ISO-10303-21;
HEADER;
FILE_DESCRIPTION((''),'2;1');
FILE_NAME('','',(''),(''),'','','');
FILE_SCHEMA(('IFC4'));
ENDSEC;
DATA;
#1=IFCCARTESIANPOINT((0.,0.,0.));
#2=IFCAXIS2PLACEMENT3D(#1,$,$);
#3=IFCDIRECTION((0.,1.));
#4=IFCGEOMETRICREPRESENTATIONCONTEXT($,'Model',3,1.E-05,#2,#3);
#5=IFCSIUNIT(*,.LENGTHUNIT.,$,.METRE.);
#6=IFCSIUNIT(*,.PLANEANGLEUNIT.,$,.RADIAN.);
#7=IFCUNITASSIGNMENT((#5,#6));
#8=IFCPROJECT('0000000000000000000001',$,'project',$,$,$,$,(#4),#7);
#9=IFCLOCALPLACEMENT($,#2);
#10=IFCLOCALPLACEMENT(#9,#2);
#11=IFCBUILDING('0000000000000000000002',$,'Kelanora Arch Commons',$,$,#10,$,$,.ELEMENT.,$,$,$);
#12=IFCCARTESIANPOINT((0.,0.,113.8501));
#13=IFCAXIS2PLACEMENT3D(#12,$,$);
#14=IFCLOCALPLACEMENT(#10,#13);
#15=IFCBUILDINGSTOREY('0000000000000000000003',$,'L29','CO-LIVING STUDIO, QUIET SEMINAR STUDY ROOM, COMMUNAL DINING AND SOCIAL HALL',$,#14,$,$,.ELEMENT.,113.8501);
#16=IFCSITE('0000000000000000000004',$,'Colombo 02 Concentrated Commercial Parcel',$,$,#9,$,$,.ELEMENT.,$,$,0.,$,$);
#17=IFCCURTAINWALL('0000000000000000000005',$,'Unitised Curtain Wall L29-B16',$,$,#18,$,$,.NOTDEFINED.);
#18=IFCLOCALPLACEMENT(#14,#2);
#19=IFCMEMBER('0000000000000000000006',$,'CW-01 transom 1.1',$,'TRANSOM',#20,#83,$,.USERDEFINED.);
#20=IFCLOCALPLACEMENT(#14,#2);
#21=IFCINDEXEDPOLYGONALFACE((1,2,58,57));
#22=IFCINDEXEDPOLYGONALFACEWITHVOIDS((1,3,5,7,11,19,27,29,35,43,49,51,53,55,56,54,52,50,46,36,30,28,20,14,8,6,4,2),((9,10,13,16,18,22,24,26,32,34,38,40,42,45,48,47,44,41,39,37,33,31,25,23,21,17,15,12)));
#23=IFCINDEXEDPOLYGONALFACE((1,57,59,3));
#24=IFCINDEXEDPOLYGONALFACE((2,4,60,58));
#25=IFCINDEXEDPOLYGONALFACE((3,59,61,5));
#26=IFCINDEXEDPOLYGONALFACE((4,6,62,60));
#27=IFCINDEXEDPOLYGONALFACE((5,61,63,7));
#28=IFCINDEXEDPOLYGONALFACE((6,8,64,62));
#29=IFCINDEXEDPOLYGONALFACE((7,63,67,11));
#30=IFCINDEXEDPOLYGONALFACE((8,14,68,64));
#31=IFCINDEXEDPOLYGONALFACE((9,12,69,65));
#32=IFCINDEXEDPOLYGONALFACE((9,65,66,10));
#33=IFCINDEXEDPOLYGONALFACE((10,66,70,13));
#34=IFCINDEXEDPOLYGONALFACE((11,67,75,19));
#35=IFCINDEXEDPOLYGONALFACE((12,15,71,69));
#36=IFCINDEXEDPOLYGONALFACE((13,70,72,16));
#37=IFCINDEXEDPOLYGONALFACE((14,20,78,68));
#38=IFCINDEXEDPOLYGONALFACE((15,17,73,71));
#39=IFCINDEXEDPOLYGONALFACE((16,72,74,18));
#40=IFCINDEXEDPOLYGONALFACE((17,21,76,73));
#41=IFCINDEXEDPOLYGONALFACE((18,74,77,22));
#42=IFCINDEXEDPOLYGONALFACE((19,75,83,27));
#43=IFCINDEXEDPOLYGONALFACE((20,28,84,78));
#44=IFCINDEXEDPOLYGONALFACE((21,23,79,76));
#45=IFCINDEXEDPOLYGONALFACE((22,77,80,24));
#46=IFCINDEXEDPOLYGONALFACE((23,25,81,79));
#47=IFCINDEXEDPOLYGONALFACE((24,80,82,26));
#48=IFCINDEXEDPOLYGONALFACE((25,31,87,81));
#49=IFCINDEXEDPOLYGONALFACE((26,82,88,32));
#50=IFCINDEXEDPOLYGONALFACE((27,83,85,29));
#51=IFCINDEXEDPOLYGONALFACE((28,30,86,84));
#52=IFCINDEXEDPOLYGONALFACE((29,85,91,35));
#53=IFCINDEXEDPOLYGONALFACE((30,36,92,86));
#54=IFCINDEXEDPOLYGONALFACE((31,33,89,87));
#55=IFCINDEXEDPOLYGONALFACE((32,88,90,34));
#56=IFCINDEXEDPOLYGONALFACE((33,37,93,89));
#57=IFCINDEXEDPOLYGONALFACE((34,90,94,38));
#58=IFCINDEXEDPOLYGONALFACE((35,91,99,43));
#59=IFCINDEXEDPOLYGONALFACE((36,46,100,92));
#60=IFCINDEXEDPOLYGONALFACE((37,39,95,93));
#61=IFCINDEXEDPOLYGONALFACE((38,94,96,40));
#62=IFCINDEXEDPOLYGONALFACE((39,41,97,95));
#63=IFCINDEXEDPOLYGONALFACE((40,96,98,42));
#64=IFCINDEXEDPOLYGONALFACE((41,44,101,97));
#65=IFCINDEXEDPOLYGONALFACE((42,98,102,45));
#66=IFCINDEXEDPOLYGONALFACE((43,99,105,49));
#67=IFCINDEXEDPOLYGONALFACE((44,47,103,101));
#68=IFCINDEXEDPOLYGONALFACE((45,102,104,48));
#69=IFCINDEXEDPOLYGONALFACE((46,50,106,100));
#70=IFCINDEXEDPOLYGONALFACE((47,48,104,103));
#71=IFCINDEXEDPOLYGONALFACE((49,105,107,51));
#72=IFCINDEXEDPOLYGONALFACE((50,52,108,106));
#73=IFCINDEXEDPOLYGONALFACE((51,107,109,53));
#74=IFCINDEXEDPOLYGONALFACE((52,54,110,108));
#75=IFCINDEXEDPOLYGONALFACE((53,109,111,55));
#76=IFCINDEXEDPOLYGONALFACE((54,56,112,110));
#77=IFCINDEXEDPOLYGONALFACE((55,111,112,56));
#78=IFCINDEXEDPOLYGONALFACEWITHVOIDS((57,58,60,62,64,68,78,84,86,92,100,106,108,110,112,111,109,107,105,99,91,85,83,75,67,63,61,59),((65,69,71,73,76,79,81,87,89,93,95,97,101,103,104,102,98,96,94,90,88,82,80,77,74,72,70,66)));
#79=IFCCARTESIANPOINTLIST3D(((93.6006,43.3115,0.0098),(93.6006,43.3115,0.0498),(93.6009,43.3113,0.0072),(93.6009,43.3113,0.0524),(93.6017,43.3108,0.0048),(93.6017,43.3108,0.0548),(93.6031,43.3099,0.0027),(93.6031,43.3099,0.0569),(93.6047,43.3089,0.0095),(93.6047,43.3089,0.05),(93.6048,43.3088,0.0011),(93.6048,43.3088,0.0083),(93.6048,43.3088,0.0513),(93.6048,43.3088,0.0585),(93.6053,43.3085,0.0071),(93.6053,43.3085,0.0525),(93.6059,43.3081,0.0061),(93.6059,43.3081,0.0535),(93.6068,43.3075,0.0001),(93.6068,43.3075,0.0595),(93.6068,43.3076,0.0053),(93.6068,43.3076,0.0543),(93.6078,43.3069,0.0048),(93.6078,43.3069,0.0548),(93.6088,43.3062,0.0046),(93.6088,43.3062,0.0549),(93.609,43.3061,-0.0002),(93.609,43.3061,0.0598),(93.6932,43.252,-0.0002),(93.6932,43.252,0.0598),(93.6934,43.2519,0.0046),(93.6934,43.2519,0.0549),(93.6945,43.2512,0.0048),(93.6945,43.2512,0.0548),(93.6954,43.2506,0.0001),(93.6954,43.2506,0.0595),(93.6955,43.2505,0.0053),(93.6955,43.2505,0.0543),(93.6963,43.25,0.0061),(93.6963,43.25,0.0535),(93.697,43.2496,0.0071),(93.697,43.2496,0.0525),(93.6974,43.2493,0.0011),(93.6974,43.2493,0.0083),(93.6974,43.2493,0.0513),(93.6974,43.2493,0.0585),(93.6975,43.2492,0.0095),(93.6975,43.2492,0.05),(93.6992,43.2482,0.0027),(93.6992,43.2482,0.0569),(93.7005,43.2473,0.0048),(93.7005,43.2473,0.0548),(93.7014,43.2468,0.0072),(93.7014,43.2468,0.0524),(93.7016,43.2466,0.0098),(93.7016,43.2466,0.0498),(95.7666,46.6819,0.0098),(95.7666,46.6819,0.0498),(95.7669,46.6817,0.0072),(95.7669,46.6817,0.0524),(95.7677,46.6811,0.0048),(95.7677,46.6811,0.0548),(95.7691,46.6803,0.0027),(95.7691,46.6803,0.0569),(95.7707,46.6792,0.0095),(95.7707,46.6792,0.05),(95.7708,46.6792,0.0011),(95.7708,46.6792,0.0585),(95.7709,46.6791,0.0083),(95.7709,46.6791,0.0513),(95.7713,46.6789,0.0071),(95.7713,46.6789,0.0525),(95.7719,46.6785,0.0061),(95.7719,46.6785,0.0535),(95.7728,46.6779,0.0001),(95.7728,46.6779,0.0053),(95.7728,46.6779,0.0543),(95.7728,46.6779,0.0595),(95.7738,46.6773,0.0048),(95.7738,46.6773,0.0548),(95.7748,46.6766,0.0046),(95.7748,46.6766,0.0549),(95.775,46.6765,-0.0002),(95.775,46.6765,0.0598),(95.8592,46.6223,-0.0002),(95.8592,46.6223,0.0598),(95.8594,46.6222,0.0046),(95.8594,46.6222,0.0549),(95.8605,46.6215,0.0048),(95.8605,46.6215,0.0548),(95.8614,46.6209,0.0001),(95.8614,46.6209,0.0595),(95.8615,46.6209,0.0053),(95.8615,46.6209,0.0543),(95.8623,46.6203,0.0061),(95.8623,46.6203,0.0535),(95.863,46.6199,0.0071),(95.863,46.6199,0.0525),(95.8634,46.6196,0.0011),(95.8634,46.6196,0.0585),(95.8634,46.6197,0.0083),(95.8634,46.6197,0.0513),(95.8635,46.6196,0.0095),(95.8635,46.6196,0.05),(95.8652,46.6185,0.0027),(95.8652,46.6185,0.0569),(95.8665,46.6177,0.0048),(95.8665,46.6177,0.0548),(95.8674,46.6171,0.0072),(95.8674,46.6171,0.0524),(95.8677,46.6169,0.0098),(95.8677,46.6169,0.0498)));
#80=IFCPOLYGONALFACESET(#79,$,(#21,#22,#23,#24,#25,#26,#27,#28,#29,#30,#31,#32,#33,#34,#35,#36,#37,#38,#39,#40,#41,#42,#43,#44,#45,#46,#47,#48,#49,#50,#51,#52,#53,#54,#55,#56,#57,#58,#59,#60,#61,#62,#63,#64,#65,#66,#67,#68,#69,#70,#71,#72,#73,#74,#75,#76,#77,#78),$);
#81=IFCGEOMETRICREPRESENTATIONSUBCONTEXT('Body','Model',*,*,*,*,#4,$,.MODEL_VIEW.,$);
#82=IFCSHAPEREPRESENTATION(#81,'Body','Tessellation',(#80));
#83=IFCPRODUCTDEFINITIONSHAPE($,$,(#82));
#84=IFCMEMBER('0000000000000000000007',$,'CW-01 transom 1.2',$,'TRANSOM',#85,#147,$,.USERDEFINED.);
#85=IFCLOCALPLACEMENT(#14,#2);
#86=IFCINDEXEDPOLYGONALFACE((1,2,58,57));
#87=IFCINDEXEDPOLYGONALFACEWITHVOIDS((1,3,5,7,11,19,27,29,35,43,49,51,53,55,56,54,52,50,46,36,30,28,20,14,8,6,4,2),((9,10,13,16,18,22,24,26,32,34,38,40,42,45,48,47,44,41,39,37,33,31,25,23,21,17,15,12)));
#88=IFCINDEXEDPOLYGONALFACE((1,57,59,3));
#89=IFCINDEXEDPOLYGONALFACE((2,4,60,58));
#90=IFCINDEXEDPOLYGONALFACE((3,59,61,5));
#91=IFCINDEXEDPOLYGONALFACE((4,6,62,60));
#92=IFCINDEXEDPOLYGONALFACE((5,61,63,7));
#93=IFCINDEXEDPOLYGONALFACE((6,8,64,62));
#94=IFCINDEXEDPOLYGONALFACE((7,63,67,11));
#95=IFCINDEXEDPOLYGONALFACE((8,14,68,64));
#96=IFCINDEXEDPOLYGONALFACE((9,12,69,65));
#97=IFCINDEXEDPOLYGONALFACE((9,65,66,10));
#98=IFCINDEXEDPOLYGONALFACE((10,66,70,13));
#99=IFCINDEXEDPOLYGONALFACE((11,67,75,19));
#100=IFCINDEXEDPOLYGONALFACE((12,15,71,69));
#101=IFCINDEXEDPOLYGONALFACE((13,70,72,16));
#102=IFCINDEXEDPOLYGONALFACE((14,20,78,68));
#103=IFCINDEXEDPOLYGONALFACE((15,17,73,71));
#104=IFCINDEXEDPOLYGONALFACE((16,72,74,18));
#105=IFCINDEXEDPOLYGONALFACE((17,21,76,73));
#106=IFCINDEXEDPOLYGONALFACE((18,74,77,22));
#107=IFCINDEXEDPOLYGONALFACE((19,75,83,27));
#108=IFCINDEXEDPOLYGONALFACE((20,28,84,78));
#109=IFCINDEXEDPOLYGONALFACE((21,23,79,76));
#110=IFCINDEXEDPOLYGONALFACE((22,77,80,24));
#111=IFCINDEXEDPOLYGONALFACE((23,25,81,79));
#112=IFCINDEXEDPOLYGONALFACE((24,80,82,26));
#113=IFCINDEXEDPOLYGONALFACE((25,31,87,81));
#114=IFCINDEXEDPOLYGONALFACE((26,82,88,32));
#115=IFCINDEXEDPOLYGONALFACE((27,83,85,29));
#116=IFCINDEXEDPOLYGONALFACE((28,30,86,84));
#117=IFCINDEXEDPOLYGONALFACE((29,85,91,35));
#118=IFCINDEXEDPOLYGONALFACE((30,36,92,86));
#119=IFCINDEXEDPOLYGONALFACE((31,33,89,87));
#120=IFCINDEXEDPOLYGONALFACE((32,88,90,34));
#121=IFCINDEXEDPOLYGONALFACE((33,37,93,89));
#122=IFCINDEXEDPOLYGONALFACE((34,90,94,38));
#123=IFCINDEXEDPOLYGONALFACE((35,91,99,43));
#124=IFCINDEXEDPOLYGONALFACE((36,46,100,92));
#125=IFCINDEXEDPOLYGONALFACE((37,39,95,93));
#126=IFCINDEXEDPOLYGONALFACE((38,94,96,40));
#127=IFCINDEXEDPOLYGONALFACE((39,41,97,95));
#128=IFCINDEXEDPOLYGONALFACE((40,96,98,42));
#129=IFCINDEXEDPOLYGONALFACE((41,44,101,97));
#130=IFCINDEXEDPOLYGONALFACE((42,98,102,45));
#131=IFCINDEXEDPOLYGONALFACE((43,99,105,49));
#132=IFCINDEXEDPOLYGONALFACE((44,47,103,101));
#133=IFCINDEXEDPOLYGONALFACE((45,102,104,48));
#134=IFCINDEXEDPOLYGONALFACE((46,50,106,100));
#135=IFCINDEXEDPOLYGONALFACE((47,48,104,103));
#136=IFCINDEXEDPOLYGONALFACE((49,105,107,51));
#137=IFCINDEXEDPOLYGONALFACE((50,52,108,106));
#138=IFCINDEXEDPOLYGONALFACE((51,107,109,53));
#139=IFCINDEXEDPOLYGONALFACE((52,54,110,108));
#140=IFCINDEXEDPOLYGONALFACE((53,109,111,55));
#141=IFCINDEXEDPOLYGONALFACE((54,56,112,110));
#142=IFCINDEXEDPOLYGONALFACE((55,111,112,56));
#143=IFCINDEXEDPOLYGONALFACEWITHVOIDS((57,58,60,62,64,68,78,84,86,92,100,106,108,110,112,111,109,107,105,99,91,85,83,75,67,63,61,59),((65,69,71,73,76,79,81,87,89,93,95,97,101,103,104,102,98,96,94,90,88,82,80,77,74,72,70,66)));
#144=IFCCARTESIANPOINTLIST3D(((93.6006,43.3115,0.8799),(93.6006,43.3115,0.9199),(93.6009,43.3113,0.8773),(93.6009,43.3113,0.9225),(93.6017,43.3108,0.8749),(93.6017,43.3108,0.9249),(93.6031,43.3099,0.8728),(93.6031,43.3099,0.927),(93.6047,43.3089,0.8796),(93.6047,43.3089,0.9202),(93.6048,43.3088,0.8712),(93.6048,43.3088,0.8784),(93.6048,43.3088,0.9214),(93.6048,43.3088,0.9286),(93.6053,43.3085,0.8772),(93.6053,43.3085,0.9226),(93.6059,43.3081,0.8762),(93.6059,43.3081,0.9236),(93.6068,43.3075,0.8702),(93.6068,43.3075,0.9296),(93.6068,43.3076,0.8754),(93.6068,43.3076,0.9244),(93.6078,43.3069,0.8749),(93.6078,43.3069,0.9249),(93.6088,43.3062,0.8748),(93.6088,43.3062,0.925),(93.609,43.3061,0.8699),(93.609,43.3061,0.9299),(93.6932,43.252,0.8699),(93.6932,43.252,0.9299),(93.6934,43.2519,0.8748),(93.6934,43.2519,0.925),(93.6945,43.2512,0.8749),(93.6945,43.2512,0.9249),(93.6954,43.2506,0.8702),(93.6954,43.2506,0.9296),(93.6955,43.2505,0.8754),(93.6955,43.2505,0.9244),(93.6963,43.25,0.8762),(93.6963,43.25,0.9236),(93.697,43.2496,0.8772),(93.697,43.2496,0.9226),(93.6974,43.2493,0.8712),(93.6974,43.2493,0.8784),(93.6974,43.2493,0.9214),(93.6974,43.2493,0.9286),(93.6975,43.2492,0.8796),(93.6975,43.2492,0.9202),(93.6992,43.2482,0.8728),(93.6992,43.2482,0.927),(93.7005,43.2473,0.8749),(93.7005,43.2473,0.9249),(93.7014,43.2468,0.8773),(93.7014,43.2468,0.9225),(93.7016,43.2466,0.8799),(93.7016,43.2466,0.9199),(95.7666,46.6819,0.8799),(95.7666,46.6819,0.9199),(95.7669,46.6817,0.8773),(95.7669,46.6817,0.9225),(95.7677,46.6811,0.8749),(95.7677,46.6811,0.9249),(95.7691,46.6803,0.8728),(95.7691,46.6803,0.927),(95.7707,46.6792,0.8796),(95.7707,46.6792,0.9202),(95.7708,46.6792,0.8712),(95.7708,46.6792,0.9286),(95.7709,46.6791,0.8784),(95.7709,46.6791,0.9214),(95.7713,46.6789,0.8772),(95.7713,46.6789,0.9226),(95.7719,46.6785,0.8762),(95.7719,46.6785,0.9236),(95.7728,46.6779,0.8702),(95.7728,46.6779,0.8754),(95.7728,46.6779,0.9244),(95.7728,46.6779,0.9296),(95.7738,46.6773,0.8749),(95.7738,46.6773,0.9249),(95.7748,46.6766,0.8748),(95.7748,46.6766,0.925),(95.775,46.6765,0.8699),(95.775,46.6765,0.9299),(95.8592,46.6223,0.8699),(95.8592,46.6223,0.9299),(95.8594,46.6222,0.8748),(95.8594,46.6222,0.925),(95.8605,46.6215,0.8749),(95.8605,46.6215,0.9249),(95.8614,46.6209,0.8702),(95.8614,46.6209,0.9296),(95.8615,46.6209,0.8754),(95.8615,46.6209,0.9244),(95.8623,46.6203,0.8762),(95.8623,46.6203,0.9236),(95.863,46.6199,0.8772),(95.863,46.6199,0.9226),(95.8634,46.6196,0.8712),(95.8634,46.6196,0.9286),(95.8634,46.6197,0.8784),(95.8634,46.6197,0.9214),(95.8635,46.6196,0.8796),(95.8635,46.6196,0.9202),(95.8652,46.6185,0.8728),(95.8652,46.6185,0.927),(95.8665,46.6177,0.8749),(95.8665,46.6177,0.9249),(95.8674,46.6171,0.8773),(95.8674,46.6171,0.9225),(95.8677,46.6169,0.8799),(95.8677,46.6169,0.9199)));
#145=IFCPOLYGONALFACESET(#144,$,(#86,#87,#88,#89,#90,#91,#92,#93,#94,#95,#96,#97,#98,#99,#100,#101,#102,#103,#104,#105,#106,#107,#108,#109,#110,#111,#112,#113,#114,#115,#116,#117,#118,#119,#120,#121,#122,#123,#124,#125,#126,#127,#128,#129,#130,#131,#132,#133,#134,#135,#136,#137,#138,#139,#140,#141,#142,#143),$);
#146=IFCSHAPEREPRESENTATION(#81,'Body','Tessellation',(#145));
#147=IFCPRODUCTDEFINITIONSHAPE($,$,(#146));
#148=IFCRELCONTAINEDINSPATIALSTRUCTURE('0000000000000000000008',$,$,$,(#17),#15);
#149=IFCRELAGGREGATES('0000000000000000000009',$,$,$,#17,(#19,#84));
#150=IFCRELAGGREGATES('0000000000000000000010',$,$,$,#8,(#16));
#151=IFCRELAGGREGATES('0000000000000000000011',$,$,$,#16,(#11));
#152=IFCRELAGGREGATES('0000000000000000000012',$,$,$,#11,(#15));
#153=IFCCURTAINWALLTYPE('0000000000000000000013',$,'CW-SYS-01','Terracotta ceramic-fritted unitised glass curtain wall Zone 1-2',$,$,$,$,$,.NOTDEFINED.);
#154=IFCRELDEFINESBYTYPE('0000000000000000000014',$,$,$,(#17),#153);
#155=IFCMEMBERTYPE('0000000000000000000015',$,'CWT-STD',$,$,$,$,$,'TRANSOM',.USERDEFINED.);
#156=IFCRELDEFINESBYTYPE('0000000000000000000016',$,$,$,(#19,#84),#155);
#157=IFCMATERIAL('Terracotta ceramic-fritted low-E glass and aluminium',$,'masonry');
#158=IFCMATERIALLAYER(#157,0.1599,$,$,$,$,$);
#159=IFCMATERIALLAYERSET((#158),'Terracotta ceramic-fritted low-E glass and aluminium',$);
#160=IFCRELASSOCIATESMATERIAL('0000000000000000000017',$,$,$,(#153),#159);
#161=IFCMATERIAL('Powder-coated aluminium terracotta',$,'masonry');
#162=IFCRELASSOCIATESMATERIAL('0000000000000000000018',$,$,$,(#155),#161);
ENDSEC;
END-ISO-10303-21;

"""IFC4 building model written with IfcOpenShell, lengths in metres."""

from ifc_helpers import new_model, si_unit, direction, frame, origin, origin_2d, place, context, subcontext, project, spatial, hollow_rectangle, extrude, material, layer, layer_set, material_profile, profile_set, type_object, element, aggregate, save


model = new_model("IFC4")

# Units and contexts
model_context = context("Model", 3, precision=1e-05, world=origin(), true_north=direction((0.0, 1.0)))
body_context = subcontext(model_context, "Body", "Model", "MODEL_VIEW")
ifc_project = project(units=[si_unit("LENGTHUNIT", "METRE"), si_unit("PLANEANGLEUNIT", "RADIAN")], contexts=[model_context])

# Site, building, storey
site_placement = place(None, origin())
site = spatial("IfcSite", under=ifc_project, at=site_placement, Name="Colombo 02 Concentrated Commercial Parcel", CompositionType="ELEMENT", RefElevation=0.0)
building_placement = place(site_placement, origin())
building = spatial("IfcBuilding", under=site, at=building_placement, Name="Kelanora Arch Commons", CompositionType="ELEMENT")
storey_placement = place(building_placement, frame((0.0, 0.0, 113.8501)))
storey = spatial("IfcBuildingStorey", under=building, at=storey_placement, Name="L29", Description="CO-LIVING STUDIO, QUIET SEMINAR STUDY ROOM, COMMUNAL DINING AND SOCIAL HALL", CompositionType="ELEMENT", Elevation=113.8501)

# Shared definitions
ifc_material_1 = material(Name="Terracotta ceramic-fritted low-E glass and aluminium", Category="masonry")
ifc_layer_1 = layer(ifc_material_1, 0.1599)
ifc_layer_set_1 = layer_set([ifc_layer_1], Name="Terracotta ceramic-fritted low-E glass and aluminium")
curtain_wall_type = type_object("IfcCurtainWallType", Name="CW-SYS-01", Description="Terracotta ceramic-fritted unitised glass curtain wall Zone 1-2", PredefinedType="NOTDEFINED", material=ifc_layer_set_1)
ifc_material_2 = material(Name="Powder-coated aluminium terracotta", Category="masonry")

# Curtain wall, members
curtain_wall_1_placement = place(storey_placement, origin())
curtain_wall_1 = element("IfcCurtainWall", 1, at=curtain_wall_1_placement, inside=storey, type_object=curtain_wall_type, Name="Unitised Curtain Wall L29-B16", PredefinedType="NOTDEFINED")
ifc_material_profile_1 = material_profile(ifc_material_2, hollow_rectangle(XDim=0.1201, YDim=0.0601, WallThickness=0.0049, InnerFilletRadius=0.0049, OuterFilletRadius=0.01, at=origin_2d()), Name="CWT120x60")
ifc_profile_set_1 = profile_set([ifc_material_profile_1], Name="Powder-coated aluminium terracotta")
member_type_1 = type_object("IfcMemberType", Name="CWT-STD", ElementType="TRANSOM", PredefinedType="USERDEFINED", material=ifc_profile_set_1)
member_1_placement = place(storey_placement, frame((93.6511, 43.2791, 0.0298), z_axis=(0.540644, 0.841252, 0.0), x_axis=(-0.841252, 0.540644, 0.0)))
member_1 = element("IfcMember", 2, at=member_1_placement, type_object=member_type_1, Name="CW-01 transom 1.1", ObjectType="TRANSOM", PredefinedType="USERDEFINED", context=body_context, shape_type="SweptSolid", body=[
    extrude(hollow_rectangle(XDim=0.1201, YDim=0.0601, WallThickness=0.0049, InnerFilletRadius=0.0049, OuterFilletRadius=0.01, at=origin_2d()), origin(), (0.0, 0.0, 1.0), 4.0063),
])
member_2_placement = place(storey_placement, frame((93.6511, 43.2791, 0.8999), z_axis=(0.540644, 0.841252, 0.0), x_axis=(-0.841252, 0.540644, 0.0)))
member_2 = element("IfcMember", 3, at=member_2_placement, type_object=member_type_1, Name="CW-01 transom 1.2", ObjectType="TRANSOM", PredefinedType="USERDEFINED", context=body_context, shape_type="SweptSolid", body=[
    extrude(hollow_rectangle(XDim=0.1201, YDim=0.0601, WallThickness=0.0049, InnerFilletRadius=0.0049, OuterFilletRadius=0.01, at=origin_2d()), origin(), (0.0, 0.0, 1.0), 4.0063),
])

aggregate(curtain_wall_1, [member_1, member_2])

save(model, "model.ifc")
